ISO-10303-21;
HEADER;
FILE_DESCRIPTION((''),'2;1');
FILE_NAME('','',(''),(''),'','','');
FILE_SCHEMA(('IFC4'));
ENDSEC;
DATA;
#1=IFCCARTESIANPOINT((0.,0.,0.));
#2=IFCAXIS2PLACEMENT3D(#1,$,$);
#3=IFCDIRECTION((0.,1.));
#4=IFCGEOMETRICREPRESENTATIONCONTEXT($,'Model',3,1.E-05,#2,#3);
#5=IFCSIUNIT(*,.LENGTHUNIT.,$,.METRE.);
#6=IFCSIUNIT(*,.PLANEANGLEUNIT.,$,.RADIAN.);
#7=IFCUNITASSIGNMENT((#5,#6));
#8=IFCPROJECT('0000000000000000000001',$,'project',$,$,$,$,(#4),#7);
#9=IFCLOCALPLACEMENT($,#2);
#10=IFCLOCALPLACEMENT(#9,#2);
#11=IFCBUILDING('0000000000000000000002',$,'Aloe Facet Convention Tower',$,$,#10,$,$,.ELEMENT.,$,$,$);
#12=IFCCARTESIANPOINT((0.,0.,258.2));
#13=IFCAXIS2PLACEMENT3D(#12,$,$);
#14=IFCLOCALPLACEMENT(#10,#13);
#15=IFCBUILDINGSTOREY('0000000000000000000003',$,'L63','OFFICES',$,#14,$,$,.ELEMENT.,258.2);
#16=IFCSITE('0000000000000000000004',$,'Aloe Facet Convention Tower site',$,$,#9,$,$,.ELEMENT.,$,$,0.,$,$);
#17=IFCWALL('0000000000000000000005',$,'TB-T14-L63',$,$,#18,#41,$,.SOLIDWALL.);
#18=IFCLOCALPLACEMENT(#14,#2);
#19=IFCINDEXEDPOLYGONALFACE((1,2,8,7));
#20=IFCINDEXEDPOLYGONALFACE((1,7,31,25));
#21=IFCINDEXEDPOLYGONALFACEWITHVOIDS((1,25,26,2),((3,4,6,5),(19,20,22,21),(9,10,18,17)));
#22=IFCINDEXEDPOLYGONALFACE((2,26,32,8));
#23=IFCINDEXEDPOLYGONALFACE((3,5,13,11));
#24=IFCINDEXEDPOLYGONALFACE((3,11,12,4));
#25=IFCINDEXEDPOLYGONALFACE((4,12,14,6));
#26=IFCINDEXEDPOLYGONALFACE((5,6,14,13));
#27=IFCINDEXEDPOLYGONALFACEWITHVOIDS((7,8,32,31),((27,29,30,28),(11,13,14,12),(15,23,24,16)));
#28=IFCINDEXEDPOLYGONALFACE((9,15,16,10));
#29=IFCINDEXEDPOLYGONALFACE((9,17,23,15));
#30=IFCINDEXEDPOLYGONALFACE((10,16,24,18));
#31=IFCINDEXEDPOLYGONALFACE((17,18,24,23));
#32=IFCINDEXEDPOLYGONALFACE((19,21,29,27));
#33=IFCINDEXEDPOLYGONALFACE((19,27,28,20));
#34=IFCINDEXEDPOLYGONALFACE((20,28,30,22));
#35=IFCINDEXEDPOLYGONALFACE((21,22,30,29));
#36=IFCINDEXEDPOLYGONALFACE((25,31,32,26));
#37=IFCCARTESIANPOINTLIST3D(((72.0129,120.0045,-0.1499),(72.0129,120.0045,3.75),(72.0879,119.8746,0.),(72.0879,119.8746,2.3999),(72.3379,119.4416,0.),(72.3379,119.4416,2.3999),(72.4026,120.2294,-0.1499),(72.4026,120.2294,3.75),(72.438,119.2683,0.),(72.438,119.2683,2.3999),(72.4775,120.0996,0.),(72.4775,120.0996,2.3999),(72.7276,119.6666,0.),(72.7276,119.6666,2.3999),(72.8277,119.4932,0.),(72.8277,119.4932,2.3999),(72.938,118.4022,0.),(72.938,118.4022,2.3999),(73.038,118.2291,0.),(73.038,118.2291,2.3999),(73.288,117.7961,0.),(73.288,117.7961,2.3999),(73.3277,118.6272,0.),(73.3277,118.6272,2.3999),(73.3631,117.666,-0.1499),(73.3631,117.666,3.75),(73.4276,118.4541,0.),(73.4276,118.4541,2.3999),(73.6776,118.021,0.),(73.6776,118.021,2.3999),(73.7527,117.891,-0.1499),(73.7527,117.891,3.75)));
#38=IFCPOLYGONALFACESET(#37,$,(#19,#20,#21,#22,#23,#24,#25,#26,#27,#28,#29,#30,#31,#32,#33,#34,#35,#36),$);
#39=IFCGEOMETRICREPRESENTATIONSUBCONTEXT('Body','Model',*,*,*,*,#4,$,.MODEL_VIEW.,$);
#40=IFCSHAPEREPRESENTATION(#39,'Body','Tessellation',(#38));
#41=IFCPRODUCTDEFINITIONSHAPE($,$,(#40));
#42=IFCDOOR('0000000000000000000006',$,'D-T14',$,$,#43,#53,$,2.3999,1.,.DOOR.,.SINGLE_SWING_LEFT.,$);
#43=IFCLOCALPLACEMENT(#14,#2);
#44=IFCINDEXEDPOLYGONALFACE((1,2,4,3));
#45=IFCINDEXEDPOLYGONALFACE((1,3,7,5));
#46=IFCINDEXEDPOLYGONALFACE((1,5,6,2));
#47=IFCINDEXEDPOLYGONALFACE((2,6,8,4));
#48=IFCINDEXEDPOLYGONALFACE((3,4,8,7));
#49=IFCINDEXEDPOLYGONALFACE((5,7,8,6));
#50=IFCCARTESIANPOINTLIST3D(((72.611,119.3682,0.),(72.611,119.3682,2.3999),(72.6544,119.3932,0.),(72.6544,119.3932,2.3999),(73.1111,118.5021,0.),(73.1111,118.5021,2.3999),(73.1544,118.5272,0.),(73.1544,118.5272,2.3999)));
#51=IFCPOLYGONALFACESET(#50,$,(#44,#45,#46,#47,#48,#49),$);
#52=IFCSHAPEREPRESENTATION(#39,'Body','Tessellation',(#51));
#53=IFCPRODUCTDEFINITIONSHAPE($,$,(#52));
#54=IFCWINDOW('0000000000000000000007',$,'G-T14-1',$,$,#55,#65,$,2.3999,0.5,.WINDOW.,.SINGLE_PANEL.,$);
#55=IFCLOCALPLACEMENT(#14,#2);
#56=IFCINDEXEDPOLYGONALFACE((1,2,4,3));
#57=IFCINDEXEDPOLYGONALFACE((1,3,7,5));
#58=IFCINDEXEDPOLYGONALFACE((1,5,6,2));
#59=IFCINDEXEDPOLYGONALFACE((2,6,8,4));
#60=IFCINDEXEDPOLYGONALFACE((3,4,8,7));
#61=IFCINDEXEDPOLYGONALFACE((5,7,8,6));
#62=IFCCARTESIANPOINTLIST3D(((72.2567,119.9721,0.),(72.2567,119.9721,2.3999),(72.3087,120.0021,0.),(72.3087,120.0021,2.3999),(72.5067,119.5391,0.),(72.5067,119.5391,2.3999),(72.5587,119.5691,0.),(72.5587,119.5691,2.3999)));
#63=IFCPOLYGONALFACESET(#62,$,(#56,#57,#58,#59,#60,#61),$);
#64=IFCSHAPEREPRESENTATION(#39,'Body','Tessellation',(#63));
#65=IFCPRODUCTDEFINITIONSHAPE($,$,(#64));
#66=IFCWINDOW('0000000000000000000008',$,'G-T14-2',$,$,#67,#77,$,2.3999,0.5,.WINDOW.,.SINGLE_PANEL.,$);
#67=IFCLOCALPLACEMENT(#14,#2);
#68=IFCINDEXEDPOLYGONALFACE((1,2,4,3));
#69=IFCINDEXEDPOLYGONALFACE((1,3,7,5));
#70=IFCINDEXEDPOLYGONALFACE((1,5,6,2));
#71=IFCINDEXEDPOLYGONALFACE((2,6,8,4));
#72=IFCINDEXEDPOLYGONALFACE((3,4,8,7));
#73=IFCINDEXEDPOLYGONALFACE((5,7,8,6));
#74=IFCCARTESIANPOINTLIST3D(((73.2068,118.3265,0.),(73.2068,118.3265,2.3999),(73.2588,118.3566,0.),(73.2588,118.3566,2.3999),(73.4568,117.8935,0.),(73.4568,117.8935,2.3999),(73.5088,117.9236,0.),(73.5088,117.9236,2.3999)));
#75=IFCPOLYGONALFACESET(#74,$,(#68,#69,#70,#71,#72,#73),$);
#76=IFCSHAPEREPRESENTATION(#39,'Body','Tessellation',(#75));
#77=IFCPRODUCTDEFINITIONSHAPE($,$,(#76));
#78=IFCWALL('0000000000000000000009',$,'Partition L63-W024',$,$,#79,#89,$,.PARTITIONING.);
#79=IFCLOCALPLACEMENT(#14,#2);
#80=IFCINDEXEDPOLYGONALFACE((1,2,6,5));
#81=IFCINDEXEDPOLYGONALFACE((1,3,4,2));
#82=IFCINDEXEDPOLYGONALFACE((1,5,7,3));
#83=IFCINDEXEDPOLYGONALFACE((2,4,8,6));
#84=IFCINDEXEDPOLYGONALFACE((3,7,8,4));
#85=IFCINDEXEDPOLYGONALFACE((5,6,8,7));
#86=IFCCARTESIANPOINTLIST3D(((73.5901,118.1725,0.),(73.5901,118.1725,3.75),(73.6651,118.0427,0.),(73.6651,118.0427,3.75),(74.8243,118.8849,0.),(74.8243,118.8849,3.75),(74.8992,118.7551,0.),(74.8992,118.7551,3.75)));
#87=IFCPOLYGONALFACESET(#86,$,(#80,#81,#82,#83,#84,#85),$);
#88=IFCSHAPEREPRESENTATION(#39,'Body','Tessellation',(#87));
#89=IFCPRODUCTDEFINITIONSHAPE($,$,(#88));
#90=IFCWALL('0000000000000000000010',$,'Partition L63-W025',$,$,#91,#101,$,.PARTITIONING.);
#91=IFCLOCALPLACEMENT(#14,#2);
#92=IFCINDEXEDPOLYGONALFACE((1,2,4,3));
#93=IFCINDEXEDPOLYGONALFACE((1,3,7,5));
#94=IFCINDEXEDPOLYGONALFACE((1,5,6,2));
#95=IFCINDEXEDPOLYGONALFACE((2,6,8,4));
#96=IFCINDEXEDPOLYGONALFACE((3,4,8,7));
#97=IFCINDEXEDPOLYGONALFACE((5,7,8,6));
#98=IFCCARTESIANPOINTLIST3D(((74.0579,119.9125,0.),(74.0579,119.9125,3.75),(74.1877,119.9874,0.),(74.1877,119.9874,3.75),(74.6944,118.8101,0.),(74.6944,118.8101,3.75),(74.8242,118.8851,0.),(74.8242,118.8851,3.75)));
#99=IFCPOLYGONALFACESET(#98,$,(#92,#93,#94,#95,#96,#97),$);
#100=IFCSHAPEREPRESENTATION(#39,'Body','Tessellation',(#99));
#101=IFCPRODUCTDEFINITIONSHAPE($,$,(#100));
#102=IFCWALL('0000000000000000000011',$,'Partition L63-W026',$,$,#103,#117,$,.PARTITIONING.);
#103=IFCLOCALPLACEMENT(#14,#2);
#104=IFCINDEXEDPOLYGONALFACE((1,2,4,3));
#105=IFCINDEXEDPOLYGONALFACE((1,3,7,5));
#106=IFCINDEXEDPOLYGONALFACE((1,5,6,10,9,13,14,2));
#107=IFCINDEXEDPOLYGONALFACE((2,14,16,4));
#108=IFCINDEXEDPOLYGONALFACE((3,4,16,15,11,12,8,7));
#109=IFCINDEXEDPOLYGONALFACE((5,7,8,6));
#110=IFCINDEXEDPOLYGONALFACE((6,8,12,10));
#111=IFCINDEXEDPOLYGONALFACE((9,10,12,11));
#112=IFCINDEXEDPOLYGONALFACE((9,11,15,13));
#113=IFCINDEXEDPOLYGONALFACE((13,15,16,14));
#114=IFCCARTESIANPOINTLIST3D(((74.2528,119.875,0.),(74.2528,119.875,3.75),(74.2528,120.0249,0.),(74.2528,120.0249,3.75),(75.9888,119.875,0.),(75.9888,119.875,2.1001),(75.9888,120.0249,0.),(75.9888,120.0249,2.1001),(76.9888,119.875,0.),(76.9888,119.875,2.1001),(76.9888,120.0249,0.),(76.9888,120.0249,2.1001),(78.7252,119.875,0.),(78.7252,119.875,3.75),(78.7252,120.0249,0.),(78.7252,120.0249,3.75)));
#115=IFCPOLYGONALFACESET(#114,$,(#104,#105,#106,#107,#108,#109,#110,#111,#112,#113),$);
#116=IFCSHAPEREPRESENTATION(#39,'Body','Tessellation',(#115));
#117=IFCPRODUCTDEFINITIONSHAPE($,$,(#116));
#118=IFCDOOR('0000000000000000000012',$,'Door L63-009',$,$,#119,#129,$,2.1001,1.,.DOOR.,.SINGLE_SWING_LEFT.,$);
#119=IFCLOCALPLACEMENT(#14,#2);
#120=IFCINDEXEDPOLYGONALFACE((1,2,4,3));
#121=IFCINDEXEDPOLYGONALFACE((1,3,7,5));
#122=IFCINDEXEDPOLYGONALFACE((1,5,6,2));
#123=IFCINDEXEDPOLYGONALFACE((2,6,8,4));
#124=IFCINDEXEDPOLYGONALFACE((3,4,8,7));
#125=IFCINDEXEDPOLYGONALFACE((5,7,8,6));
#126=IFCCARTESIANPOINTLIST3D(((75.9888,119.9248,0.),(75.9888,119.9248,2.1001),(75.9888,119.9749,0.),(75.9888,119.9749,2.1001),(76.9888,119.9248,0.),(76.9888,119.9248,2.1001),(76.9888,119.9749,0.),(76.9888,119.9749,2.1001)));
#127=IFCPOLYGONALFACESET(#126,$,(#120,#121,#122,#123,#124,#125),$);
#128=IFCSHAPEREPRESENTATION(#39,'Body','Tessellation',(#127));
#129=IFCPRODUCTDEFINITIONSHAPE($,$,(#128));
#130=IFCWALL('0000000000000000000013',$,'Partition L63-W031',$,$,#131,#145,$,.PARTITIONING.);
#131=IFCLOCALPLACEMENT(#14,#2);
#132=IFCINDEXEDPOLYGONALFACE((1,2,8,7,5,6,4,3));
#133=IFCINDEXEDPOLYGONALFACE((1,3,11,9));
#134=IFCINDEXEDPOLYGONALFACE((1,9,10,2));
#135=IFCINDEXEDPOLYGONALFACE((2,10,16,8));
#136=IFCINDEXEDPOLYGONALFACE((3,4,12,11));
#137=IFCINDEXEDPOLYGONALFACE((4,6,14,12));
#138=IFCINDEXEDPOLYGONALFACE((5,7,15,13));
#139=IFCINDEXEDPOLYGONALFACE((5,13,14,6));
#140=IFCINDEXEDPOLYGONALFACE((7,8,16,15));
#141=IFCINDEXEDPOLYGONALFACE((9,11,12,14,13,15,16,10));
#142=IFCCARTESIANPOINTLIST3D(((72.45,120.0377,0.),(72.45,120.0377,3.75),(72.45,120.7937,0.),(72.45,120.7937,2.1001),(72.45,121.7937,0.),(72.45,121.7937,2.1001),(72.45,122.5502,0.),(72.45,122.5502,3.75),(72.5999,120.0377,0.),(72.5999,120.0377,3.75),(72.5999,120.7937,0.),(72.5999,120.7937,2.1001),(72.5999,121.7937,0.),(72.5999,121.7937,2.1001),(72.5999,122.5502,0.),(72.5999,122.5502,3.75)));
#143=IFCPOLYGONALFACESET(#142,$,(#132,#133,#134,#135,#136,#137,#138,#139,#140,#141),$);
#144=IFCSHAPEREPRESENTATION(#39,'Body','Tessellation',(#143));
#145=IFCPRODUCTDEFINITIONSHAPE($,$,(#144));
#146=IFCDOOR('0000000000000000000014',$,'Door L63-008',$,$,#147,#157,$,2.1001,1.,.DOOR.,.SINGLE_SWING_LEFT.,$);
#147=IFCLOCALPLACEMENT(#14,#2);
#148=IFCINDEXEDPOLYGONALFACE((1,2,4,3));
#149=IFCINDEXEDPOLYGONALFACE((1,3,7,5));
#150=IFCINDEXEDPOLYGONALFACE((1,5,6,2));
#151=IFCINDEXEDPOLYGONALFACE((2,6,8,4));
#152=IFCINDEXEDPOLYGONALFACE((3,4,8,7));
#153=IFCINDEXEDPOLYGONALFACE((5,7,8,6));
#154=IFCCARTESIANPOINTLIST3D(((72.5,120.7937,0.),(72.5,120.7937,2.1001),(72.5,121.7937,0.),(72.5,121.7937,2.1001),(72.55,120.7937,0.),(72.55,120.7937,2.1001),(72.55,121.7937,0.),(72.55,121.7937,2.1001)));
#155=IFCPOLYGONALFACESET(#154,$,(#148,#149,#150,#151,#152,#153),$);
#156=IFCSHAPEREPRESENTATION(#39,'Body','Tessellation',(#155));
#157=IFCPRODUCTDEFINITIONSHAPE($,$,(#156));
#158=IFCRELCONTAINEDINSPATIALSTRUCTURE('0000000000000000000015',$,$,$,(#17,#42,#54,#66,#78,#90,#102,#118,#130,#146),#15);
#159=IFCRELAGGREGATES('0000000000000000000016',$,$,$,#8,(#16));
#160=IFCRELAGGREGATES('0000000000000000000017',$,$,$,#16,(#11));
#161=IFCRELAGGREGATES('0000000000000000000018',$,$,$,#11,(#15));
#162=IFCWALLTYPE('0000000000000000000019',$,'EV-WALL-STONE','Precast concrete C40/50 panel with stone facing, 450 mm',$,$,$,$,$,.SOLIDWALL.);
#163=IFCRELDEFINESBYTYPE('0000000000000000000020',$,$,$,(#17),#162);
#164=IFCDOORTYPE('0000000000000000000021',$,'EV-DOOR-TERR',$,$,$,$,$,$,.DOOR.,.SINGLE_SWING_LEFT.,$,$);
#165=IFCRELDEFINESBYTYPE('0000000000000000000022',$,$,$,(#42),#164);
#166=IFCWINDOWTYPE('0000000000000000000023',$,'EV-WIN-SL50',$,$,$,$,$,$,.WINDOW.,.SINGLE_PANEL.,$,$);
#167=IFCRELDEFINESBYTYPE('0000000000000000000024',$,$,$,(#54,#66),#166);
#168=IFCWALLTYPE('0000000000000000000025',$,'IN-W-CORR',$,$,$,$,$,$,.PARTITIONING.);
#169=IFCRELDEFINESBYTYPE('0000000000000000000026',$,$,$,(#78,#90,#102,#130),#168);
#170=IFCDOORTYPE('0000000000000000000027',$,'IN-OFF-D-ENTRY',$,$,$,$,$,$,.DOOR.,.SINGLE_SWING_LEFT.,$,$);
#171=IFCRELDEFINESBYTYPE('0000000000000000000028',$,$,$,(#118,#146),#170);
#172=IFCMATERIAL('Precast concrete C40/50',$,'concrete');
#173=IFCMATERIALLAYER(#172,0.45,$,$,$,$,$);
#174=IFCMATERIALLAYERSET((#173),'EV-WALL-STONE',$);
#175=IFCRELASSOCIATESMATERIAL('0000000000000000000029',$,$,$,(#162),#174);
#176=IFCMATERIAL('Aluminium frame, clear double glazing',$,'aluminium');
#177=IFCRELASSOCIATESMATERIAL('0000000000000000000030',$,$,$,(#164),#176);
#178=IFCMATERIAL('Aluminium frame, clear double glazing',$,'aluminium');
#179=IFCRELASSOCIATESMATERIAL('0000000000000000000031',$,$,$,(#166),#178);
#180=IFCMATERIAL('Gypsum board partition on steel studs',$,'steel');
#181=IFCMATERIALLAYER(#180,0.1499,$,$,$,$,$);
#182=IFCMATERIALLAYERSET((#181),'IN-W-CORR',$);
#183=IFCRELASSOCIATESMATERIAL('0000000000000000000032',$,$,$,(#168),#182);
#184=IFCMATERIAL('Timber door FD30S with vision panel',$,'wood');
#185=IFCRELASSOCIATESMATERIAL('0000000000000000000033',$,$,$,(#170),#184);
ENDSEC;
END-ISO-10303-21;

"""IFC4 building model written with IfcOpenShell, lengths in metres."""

from ifc_helpers import new_model, si_unit, direction, frame, frame_2d, origin, place, context, subcontext, project, spatial, rectangle, extrude, material, layer, layer_set, type_object, element, fill, save


model = new_model("IFC4")

# Units and contexts
model_context = context("Model", 3, precision=1e-05, world=origin(), true_north=direction((0.0, 1.0)))
body_context = subcontext(model_context, "Body", "Model", "MODEL_VIEW")
ifc_project = project(units=[si_unit("LENGTHUNIT", "METRE"), si_unit("PLANEANGLEUNIT", "RADIAN")], contexts=[model_context])

# Site, building, storey
site_placement = place(None, origin())
site = spatial("IfcSite", under=ifc_project, at=site_placement, Name="Aloe Facet Convention Tower site", CompositionType="ELEMENT", RefElevation=0.0)
building_placement = place(site_placement, origin())
building = spatial("IfcBuilding", under=site, at=building_placement, Name="Aloe Facet Convention Tower", CompositionType="ELEMENT")
storey_placement = place(building_placement, frame((0.0, 0.0, 258.2)))
storey = spatial("IfcBuildingStorey", under=building, at=storey_placement, Name="L63", Description="OFFICES", CompositionType="ELEMENT", Elevation=258.2)

# Shared definitions
ifc_material_1 = material(Name="Precast concrete C40/50", Category="concrete")
ifc_layer_1 = layer(ifc_material_1, 0.45)
ifc_layer_set_1 = layer_set([ifc_layer_1], Name="EV-WALL-STONE")
wall_type_1 = type_object("IfcWallType", Name="EV-WALL-STONE", Description="Precast concrete C40/50 panel with stone facing, 450 mm", PredefinedType="SOLIDWALL", material=ifc_layer_set_1)

# Wall, openings, door, windows
wall_1_placement = place(storey_placement, frame((72.2078, 120.1169, -0.1499), z_axis=(0.0, 0.0, 1.0), x_axis=(0.500009, -0.86602, 0.0)))
wall_1 = element("IfcWall", 1, at=wall_1_placement, inside=storey, type_object=wall_type_1, Name="TB-T14-L63", PredefinedType="SOLIDWALL", context=body_context, shape_type="SweptSolid", body=[
    extrude(rectangle(XDim=2.7002, YDim=0.45, at=frame_2d((1.3501, 0.0))), origin(), (0.0, 0.0, 1.0), 3.8999),
])
opening_1_placement = place(wall_1_placement, frame((0.8501, 0.0, 0.1499)))
opening_1 = element("IfcOpeningElement", 2, at=opening_1_placement, cuts=wall_1, PredefinedType="OPENING", context=body_context, shape_type="SweptSolid", body=[
    extrude(rectangle(XDim=1.0, YDim=2.3999, at=frame_2d((0.5, 1.2))), frame((0.0, 0.2349, 0.0), z_axis=(0.0, -1.0, 0.0), x_axis=(1.0, 0.0, 0.0)), (0.0, 0.0, 1.0), 0.47),
])
opening_2_placement = place(wall_1_placement, frame((0.1499, 0.0, 0.1499)))
opening_2 = element("IfcOpeningElement", 3, at=opening_2_placement, cuts=wall_1, PredefinedType="OPENING", context=body_context, shape_type="SweptSolid", body=[
    extrude(rectangle(XDim=0.5, YDim=2.3999, at=frame_2d((0.25, 1.2))), frame((0.0, 0.2349, 0.0), z_axis=(0.0, -1.0, 0.0), x_axis=(1.0, 0.0, 0.0)), (0.0, 0.0, 1.0), 0.47),
])
opening_3_placement = place(wall_1_placement, frame((2.05, 0.0, 0.1499)))
opening_3 = element("IfcOpeningElement", 4, at=opening_3_placement, cuts=wall_1, PredefinedType="OPENING", context=body_context, shape_type="SweptSolid", body=[
    extrude(rectangle(XDim=0.5, YDim=2.3999, at=frame_2d((0.25, 1.2))), frame((0.0, 0.2349, 0.0), z_axis=(0.0, -1.0, 0.0), x_axis=(1.0, 0.0, 0.0)), (0.0, 0.0, 1.0), 0.47),
])
ifc_material_2 = material(Name="Aluminium frame, clear double glazing", Category="aluminium")
door_type_1 = type_object("IfcDoorType", Name="EV-DOOR-TERR", OperationType="SINGLE_SWING_LEFT", PredefinedType="DOOR", material=ifc_material_2)
door_1_placement = place(opening_1_placement, origin())
door_1 = element("IfcDoor", 5, at=door_1_placement, inside=storey, type_object=door_type_1, Name="D-T14", OperationType="SINGLE_SWING_LEFT", OverallHeight=2.3999, OverallWidth=1.0, PredefinedType="DOOR", context=body_context, shape_type="SweptSolid", body=[
    extrude(rectangle(XDim=1.0, YDim=2.3999, at=frame_2d((0.5, 1.2))), frame((0.0, 0.0249, 0.0), z_axis=(0.0, -1.0, 0.0), x_axis=(1.0, 0.0, 0.0)), (0.0, 0.0, 1.0), 0.05),
])
fill(opening_1, door_1)
ifc_material_3 = material(Name="Aluminium frame, clear double glazing", Category="aluminium")
window_type_1 = type_object("IfcWindowType", Name="EV-WIN-SL50", PartitioningType="SINGLE_PANEL", PredefinedType="WINDOW", material=ifc_material_3)
window_1_placement = place(opening_2_placement, origin())
window_1 = element("IfcWindow", 6, at=window_1_placement, inside=storey, type_object=window_type_1, Name="G-T14-1", OverallHeight=2.3999, OverallWidth=0.5, PartitioningType="SINGLE_PANEL", PredefinedType="WINDOW", context=body_context, shape_type="SweptSolid", body=[
    extrude(rectangle(XDim=0.5, YDim=2.3999, at=frame_2d((0.25, 1.2))), frame((0.0, 0.03, 0.0), z_axis=(0.0, -1.0, 0.0), x_axis=(1.0, 0.0, 0.0)), (0.0, 0.0, 1.0), 0.0601),
])
fill(opening_2, window_1)
window_2_placement = place(opening_3_placement, origin())
window_2 = element("IfcWindow", 7, at=window_2_placement, inside=storey, type_object=window_type_1, Name="G-T14-2", OverallHeight=2.3999, OverallWidth=0.5, PartitioningType="SINGLE_PANEL", PredefinedType="WINDOW", context=body_context, shape_type="SweptSolid", body=[
    extrude(rectangle(XDim=0.5, YDim=2.3999, at=frame_2d((0.25, 1.2))), frame((0.0, 0.03, 0.0), z_axis=(0.0, -1.0, 0.0), x_axis=(1.0, 0.0, 0.0)), (0.0, 0.0, 1.0), 0.0601),
])
fill(opening_3, window_2)

# Walls
ifc_material_4 = material(Name="Gypsum board partition on steel studs", Category="steel")
ifc_layer_2 = layer(ifc_material_4, 0.1499)
ifc_layer_set_2 = layer_set([ifc_layer_2], Name="IN-W-CORR")
wall_type_2 = type_object("IfcWallType", Name="IN-W-CORR", PredefinedType="PARTITIONING", material=ifc_layer_set_2)
wall_2_placement = place(storey_placement, frame((73.6277, 118.1077, 0.0), z_axis=(0.0, 0.0, 1.0), x_axis=(0.866063, 0.499935, 0.0)))
element("IfcWall", 8, at=wall_2_placement, inside=storey, type_object=wall_type_2, Name="Partition L63-W024", PredefinedType="PARTITIONING", context=body_context, shape_type="SweptSolid", body=[
    extrude(rectangle(XDim=1.425, YDim=0.1499, at=frame_2d((0.7124, 0.0))), origin(), (0.0, 0.0, 1.0), 3.75),
])
wall_3_placement = place(storey_placement, frame((74.1228, 119.95, 0.0), z_axis=(0.0, 0.0, 1.0), x_axis=(0.500038, -0.866004, 0.0)))
element("IfcWall", 9, at=wall_3_placement, inside=storey, type_object=wall_type_2, Name="Partition L63-W025", PredefinedType="PARTITIONING", context=body_context, shape_type="SweptSolid", body=[
    extrude(rectangle(XDim=1.2729, YDim=0.1499, at=frame_2d((0.6365, 0.0))), origin(), (0.0, 0.0, 1.0), 3.75),
])

# Walls, openings, doors
wall_4_placement = place(storey_placement, frame((74.2527, 119.95, 0.0), z_axis=(0.0, 0.0, 1.0), x_axis=(1.0, 0.0, 0.0)))
wall_4 = element("IfcWall", 10, at=wall_4_placement, inside=storey, type_object=wall_type_2, Name="Partition L63-W026", PredefinedType="PARTITIONING", context=body_context, shape_type="SweptSolid", body=[
    extrude(rectangle(XDim=4.4724, YDim=0.1499, at=frame_2d((2.2363, 0.0))), origin(), (0.0, 0.0, 1.0), 3.75),
])
opening_4_placement = place(wall_4_placement, frame((1.7361, 0.0, 0.0)))
opening_4 = element("IfcOpeningElement", 11, at=opening_4_placement, cuts=wall_4, PredefinedType="OPENING", context=body_context, shape_type="SweptSolid", body=[
    extrude(rectangle(XDim=1.0, YDim=2.1001, at=frame_2d((0.5, 1.05))), frame((0.0, 0.085, 0.0), z_axis=(0.0, -1.0, 0.0), x_axis=(1.0, 0.0, 0.0)), (0.0, 0.0, 1.0), 0.1699),
])
ifc_material_5 = material(Name="Timber door FD30S with vision panel", Category="wood")
door_type_2 = type_object("IfcDoorType", Name="IN-OFF-D-ENTRY", OperationType="SINGLE_SWING_LEFT", PredefinedType="DOOR", material=ifc_material_5)
door_2_placement = place(opening_4_placement, origin())
door_2 = element("IfcDoor", 12, at=door_2_placement, inside=storey, type_object=door_type_2, Name="Door L63-009", OperationType="SINGLE_SWING_LEFT", OverallHeight=2.1001, OverallWidth=1.0, PredefinedType="DOOR", context=body_context, shape_type="SweptSolid", body=[
    extrude(rectangle(XDim=1.0, YDim=2.1001, at=frame_2d((0.5, 1.05))), frame((0.0, 0.0249, 0.0), z_axis=(0.0, -1.0, 0.0), x_axis=(1.0, 0.0, 0.0)), (0.0, 0.0, 1.0), 0.05),
])
fill(opening_4, door_2)
wall_5_placement = place(storey_placement, frame((72.5249, 120.0376, 0.0), z_axis=(0.0, 0.0, 1.0), x_axis=(0.0, 1.0, 0.0)))
wall_5 = element("IfcWall", 13, at=wall_5_placement, inside=storey, type_object=wall_type_2, Name="Partition L63-W031", PredefinedType="PARTITIONING", context=body_context, shape_type="SweptSolid", body=[
    extrude(rectangle(XDim=2.5125, YDim=0.1499, at=frame_2d((1.2563, 0.0))), origin(), (0.0, 0.0, 1.0), 3.75),
])
opening_5_placement = place(wall_5_placement, frame((0.7561, 0.0, 0.0)))
opening_5 = element("IfcOpeningElement", 14, at=opening_5_placement, cuts=wall_5, PredefinedType="OPENING", context=body_context, shape_type="SweptSolid", body=[
    extrude(rectangle(XDim=1.0, YDim=2.1001, at=frame_2d((0.5, 1.05))), frame((0.0, 0.085, 0.0), z_axis=(0.0, -1.0, 0.0), x_axis=(1.0, 0.0, 0.0)), (0.0, 0.0, 1.0), 0.1699),
])
door_3_placement = place(opening_5_placement, origin())
door_3 = element("IfcDoor", 15, at=door_3_placement, inside=storey, type_object=door_type_2, Name="Door L63-008", OperationType="SINGLE_SWING_LEFT", OverallHeight=2.1001, OverallWidth=1.0, PredefinedType="DOOR", context=body_context, shape_type="SweptSolid", body=[
    extrude(rectangle(XDim=1.0, YDim=2.1001, at=frame_2d((0.5, 1.05))), frame((0.0, 0.0249, 0.0), z_axis=(0.0, -1.0, 0.0), x_axis=(1.0, 0.0, 0.0)), (0.0, 0.0, 1.0), 0.05),
])
fill(opening_5, door_3)

save(model, "model.ifc")
